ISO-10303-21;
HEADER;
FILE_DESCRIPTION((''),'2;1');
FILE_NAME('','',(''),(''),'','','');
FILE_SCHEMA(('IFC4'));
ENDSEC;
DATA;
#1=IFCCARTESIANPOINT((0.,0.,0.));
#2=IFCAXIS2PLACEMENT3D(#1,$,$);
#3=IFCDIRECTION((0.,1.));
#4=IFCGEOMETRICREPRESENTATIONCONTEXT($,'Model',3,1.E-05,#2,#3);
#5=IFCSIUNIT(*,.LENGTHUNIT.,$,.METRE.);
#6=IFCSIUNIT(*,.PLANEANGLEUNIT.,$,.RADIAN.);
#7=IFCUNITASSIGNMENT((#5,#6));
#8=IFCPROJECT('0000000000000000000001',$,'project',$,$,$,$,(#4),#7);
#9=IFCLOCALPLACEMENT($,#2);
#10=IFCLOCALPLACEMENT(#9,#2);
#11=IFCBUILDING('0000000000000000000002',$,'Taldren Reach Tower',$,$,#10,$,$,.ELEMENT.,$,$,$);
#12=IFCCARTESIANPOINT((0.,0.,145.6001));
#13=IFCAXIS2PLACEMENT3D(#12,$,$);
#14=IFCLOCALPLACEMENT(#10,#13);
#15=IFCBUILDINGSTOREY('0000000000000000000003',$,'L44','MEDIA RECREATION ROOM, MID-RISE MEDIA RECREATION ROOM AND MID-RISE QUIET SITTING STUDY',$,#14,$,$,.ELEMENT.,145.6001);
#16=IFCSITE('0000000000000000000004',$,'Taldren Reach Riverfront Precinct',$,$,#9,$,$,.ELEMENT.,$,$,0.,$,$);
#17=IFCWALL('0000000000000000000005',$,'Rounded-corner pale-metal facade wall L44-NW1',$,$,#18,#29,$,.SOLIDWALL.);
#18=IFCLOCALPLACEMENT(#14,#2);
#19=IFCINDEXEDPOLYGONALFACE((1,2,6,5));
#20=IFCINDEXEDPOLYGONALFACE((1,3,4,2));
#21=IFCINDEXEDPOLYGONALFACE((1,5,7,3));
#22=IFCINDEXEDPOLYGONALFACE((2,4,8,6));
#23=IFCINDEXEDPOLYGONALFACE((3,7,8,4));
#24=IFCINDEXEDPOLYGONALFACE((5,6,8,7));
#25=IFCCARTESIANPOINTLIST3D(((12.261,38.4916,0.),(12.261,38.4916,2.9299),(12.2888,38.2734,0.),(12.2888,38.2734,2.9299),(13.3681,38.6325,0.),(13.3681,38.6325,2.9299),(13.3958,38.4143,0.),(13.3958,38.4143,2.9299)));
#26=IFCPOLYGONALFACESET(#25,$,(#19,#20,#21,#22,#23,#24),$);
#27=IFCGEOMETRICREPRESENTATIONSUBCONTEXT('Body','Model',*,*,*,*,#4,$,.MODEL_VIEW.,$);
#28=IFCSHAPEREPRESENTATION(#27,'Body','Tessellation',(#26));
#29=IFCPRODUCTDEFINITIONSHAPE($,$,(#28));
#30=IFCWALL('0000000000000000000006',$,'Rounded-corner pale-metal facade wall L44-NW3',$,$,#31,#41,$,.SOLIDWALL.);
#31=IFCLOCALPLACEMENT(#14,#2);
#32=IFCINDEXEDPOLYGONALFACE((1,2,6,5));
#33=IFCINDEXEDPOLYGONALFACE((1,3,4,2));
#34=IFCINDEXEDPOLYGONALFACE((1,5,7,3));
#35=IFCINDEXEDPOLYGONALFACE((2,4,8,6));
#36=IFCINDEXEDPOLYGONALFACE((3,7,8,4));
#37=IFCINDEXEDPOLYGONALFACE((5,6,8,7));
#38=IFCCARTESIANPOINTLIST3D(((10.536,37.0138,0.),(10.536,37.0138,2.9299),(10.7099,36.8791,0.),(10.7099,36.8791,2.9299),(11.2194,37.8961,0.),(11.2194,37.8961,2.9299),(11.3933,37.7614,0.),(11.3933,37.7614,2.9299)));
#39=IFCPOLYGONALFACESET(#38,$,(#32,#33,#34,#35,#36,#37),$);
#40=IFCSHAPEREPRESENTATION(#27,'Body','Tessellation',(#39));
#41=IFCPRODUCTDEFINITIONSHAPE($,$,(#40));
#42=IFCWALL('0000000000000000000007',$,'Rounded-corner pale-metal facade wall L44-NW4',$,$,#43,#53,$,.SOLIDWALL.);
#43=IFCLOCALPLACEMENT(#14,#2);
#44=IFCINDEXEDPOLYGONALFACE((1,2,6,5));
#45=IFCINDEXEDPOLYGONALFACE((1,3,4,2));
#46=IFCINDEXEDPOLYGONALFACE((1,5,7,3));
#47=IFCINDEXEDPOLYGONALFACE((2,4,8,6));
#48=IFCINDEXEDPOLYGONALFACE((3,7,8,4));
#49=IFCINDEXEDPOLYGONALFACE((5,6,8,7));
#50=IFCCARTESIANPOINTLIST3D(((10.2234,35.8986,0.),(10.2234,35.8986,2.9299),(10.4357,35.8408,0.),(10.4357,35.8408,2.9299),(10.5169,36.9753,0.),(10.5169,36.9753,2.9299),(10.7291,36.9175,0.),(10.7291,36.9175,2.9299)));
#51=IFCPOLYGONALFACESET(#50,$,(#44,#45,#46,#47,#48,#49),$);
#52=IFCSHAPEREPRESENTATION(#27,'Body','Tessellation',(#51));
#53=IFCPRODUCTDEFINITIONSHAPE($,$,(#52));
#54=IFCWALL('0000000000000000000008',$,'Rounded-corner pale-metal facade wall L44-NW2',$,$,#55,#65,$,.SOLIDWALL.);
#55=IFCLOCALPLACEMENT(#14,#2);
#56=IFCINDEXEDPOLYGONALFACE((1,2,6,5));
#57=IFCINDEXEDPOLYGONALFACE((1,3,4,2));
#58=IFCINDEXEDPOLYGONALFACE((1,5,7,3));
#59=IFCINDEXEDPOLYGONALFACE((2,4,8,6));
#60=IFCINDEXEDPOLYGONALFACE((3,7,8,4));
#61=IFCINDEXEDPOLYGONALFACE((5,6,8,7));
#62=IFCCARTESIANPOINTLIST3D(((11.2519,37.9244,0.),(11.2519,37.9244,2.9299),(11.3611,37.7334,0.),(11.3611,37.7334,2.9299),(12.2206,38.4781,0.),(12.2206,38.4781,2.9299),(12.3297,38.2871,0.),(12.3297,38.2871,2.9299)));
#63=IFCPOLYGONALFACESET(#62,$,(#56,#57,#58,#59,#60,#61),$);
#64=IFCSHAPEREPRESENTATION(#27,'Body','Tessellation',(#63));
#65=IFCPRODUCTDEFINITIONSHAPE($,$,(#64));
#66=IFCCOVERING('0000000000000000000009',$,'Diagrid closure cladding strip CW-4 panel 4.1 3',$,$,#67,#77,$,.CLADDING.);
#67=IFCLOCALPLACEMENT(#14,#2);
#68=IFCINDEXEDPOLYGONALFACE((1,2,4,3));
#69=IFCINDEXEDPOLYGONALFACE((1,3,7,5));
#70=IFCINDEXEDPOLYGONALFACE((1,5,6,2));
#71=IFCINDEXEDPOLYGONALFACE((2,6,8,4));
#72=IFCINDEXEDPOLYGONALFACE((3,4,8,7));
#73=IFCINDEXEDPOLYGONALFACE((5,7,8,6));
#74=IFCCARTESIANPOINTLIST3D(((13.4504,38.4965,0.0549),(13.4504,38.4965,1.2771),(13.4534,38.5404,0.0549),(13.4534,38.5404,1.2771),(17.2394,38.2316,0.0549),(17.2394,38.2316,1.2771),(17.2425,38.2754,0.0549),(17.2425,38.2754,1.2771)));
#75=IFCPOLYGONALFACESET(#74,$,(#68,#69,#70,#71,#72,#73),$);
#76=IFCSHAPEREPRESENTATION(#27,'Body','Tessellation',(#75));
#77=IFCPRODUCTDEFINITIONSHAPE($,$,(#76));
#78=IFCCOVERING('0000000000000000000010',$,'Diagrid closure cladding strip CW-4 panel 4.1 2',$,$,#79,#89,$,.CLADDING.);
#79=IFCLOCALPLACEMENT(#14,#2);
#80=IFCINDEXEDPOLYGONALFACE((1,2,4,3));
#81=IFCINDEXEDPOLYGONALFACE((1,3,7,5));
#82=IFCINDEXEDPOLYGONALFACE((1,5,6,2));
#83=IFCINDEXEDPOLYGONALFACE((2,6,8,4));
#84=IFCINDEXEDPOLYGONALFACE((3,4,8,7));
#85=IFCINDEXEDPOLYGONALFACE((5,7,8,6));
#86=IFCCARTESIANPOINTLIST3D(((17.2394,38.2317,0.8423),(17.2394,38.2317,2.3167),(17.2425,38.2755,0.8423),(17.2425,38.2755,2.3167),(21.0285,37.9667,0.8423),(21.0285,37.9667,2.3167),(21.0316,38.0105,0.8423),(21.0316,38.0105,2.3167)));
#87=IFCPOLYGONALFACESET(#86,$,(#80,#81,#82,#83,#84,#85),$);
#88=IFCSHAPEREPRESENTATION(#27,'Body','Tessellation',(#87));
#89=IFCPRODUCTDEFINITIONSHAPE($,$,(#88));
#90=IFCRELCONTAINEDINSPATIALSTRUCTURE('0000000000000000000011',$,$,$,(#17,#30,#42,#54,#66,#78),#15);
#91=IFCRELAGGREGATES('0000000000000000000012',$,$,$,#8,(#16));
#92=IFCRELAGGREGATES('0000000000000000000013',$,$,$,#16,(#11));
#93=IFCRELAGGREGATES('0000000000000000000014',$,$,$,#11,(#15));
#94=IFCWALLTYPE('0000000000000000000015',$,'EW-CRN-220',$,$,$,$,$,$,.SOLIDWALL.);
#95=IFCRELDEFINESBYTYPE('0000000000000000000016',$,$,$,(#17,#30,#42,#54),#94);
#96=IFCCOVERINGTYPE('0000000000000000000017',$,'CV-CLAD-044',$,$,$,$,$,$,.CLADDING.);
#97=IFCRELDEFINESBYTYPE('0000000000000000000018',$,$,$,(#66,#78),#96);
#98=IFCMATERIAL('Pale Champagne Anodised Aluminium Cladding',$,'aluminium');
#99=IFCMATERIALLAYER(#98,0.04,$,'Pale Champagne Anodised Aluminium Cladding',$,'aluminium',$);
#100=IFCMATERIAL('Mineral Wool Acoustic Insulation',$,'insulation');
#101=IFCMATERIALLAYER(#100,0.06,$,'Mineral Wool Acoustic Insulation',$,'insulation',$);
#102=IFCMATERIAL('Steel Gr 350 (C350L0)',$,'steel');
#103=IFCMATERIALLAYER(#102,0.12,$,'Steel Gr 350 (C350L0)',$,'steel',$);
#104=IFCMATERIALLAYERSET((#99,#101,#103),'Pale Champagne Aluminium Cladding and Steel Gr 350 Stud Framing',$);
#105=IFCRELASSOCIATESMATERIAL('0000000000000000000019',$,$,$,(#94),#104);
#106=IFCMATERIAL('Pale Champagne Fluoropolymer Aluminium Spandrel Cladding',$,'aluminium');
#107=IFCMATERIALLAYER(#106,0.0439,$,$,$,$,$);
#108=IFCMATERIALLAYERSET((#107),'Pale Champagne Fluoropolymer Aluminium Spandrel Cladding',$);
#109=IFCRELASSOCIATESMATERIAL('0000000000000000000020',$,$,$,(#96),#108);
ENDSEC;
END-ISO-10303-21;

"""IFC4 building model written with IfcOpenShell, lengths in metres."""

from ifc_helpers import new_model, si_unit, direction, frame, frame_2d, origin, origin_2d, place, context, subcontext, project, spatial, rectangle, extrude, source, transform, mapped, material, layer, layer_set, type_object, element, save


model = new_model("IFC4")

# Units and contexts
model_context = context("Model", 3, precision=1e-05, world=origin(), true_north=direction((0.0, 1.0)))
body_context = subcontext(model_context, "Body", "Model", "MODEL_VIEW")
ifc_project = project(units=[si_unit("LENGTHUNIT", "METRE"), si_unit("PLANEANGLEUNIT", "RADIAN")], contexts=[model_context])

# Site, building, storey
site_placement = place(None, origin())
site = spatial("IfcSite", under=ifc_project, at=site_placement, Name="Taldren Reach Riverfront Precinct", CompositionType="ELEMENT", RefElevation=0.0)
building_placement = place(site_placement, origin())
building = spatial("IfcBuilding", under=site, at=building_placement, Name="Taldren Reach Tower", CompositionType="ELEMENT")
storey_placement = place(building_placement, frame((0.0, 0.0, 145.6001)))
storey = spatial("IfcBuildingStorey", under=building, at=storey_placement, Name="L44", Description="MEDIA RECREATION ROOM, MID-RISE MEDIA RECREATION ROOM AND MID-RISE QUIET SITTING STUDY", CompositionType="ELEMENT", Elevation=145.6001)

# Shared definitions
ifc_material_1 = material(Name="Steel Gr 350 (C350L0)", Category="steel")

# Walls
ifc_material_2 = material(Name="Pale Champagne Anodised Aluminium Cladding", Category="aluminium")
ifc_layer_1 = layer(ifc_material_2, 0.04, Name="Pale Champagne Anodised Aluminium Cladding", Category="aluminium")
ifc_material_3 = material(Name="Mineral Wool Acoustic Insulation", Category="insulation")
ifc_layer_2 = layer(ifc_material_3, 0.06, Name="Mineral Wool Acoustic Insulation", Category="insulation")
ifc_layer_3 = layer(ifc_material_1, 0.12, Name="Steel Gr 350 (C350L0)", Category="steel")
ifc_layer_set_1 = layer_set([ifc_layer_1, ifc_layer_2, ifc_layer_3], Name="Pale Champagne Aluminium Cladding and Steel Gr 350 Stud Framing")
wall_type = type_object("IfcWallType", Name="EW-CRN-220", PredefinedType="SOLIDWALL", material=ifc_layer_set_1)
shared_shape_1 = source(origin(), body_context, "Body", "SweptSolid", [
    extrude(rectangle(XDim=1.116, YDim=0.22, at=frame_2d((0.5581, 0.0))), origin(), (0.0, 0.0, 1.0), 2.9299),
])
for number, where, z_axis, x_axis, name in (
    (1, (13.3821, 38.5234, 0.0), (0.0, 0.0, 1.0), (-0.991999, -0.126243, 0.0), "Rounded-corner pale-metal facade wall L44-NW1"),
    (2, (11.3064, 37.8289, 0.0), (0.0, 0.0, 1.0), (-0.612319, -0.790611, 0.0), "Rounded-corner pale-metal facade wall L44-NW3"),
    (3, (10.623, 36.9465, 0.0), (0.0, 0.0, 1.0), (-0.262969, -0.964804, 0.0), "Rounded-corner pale-metal facade wall L44-NW4"),
):
    element("IfcWall", number, at=place(storey_placement, frame(where, z_axis=z_axis, x_axis=x_axis)), inside=storey, type_object=wall_type, Name=name, PredefinedType="SOLIDWALL", context=body_context, shape_type="MappedRepresentation", body=[
        mapped(shared_shape_1, transform((0.0, 0.0, 0.0), scale=1.0)),
    ])
shared_shape_2 = source(origin(), body_context, "Body", "SweptSolid", [
    extrude(rectangle(XDim=1.1157, YDim=0.22, at=frame_2d((0.5579, 0.0))), origin(), (0.0, 0.0, 1.0), 2.9299),
])
wall_placement = place(storey_placement, frame((12.2751, 38.3826, 0.0), z_axis=(0.0, 0.0, 1.0), x_axis=(-0.868189, -0.496233, 0.0)))
element("IfcWall", 4, at=wall_placement, inside=storey, type_object=wall_type, Name="Rounded-corner pale-metal facade wall L44-NW2", PredefinedType="SOLIDWALL", context=body_context, shape_type="MappedRepresentation", body=[
    mapped(shared_shape_2, transform((0.0, 0.0, 0.0), scale=1.0)),
])

# Coverings
ifc_material_4 = material(Name="Pale Champagne Fluoropolymer Aluminium Spandrel Cladding", Category="aluminium")
ifc_layer_4 = layer(ifc_material_4, 0.0439)
ifc_layer_set_2 = layer_set([ifc_layer_4], Name="Pale Champagne Fluoropolymer Aluminium Spandrel Cladding")
covering_type = type_object("IfcCoveringType", Name="CV-CLAD-044", PredefinedType="CLADDING", material=ifc_layer_set_2)
shared_shape_3 = source(origin(), body_context, "Body", "SweptSolid", [
    extrude(rectangle(XDim=3.7983, YDim=0.0439, at=origin_2d()), origin(), (0.0, 0.0, 1.0), 1.2222),
])
covering_1_placement = place(storey_placement, frame((15.3464, 38.386, 0.0549), z_axis=(0.0, 0.0, 1.0), x_axis=(-0.997564, 0.069757, 0.0)))
element("IfcCovering", 5, at=covering_1_placement, inside=storey, type_object=covering_type, Name="Diagrid closure cladding strip CW-4 panel 4.1 3", PredefinedType="CLADDING", context=body_context, shape_type="MappedRepresentation", body=[
    mapped(shared_shape_3, transform((0.0, 0.0, 0.0), scale=1.0)),
])
shared_shape_4 = source(origin(), body_context, "Body", "SweptSolid", [
    extrude(rectangle(XDim=3.7983, YDim=0.0439, at=origin_2d()), origin(), (0.0, 0.0, 1.0), 1.4744),
])
covering_2_placement = place(storey_placement, frame((19.1355, 38.1211, 0.8423), z_axis=(0.0, 0.0, 1.0), x_axis=(-0.997564, 0.069757, 0.0)))
element("IfcCovering", 6, at=covering_2_placement, inside=storey, type_object=covering_type, Name="Diagrid closure cladding strip CW-4 panel 4.1 2", PredefinedType="CLADDING", context=body_context, shape_type="MappedRepresentation", body=[
    mapped(shared_shape_4, transform((0.0, 0.0, 0.0), scale=1.0)),
])

save(model, "model.ifc")
